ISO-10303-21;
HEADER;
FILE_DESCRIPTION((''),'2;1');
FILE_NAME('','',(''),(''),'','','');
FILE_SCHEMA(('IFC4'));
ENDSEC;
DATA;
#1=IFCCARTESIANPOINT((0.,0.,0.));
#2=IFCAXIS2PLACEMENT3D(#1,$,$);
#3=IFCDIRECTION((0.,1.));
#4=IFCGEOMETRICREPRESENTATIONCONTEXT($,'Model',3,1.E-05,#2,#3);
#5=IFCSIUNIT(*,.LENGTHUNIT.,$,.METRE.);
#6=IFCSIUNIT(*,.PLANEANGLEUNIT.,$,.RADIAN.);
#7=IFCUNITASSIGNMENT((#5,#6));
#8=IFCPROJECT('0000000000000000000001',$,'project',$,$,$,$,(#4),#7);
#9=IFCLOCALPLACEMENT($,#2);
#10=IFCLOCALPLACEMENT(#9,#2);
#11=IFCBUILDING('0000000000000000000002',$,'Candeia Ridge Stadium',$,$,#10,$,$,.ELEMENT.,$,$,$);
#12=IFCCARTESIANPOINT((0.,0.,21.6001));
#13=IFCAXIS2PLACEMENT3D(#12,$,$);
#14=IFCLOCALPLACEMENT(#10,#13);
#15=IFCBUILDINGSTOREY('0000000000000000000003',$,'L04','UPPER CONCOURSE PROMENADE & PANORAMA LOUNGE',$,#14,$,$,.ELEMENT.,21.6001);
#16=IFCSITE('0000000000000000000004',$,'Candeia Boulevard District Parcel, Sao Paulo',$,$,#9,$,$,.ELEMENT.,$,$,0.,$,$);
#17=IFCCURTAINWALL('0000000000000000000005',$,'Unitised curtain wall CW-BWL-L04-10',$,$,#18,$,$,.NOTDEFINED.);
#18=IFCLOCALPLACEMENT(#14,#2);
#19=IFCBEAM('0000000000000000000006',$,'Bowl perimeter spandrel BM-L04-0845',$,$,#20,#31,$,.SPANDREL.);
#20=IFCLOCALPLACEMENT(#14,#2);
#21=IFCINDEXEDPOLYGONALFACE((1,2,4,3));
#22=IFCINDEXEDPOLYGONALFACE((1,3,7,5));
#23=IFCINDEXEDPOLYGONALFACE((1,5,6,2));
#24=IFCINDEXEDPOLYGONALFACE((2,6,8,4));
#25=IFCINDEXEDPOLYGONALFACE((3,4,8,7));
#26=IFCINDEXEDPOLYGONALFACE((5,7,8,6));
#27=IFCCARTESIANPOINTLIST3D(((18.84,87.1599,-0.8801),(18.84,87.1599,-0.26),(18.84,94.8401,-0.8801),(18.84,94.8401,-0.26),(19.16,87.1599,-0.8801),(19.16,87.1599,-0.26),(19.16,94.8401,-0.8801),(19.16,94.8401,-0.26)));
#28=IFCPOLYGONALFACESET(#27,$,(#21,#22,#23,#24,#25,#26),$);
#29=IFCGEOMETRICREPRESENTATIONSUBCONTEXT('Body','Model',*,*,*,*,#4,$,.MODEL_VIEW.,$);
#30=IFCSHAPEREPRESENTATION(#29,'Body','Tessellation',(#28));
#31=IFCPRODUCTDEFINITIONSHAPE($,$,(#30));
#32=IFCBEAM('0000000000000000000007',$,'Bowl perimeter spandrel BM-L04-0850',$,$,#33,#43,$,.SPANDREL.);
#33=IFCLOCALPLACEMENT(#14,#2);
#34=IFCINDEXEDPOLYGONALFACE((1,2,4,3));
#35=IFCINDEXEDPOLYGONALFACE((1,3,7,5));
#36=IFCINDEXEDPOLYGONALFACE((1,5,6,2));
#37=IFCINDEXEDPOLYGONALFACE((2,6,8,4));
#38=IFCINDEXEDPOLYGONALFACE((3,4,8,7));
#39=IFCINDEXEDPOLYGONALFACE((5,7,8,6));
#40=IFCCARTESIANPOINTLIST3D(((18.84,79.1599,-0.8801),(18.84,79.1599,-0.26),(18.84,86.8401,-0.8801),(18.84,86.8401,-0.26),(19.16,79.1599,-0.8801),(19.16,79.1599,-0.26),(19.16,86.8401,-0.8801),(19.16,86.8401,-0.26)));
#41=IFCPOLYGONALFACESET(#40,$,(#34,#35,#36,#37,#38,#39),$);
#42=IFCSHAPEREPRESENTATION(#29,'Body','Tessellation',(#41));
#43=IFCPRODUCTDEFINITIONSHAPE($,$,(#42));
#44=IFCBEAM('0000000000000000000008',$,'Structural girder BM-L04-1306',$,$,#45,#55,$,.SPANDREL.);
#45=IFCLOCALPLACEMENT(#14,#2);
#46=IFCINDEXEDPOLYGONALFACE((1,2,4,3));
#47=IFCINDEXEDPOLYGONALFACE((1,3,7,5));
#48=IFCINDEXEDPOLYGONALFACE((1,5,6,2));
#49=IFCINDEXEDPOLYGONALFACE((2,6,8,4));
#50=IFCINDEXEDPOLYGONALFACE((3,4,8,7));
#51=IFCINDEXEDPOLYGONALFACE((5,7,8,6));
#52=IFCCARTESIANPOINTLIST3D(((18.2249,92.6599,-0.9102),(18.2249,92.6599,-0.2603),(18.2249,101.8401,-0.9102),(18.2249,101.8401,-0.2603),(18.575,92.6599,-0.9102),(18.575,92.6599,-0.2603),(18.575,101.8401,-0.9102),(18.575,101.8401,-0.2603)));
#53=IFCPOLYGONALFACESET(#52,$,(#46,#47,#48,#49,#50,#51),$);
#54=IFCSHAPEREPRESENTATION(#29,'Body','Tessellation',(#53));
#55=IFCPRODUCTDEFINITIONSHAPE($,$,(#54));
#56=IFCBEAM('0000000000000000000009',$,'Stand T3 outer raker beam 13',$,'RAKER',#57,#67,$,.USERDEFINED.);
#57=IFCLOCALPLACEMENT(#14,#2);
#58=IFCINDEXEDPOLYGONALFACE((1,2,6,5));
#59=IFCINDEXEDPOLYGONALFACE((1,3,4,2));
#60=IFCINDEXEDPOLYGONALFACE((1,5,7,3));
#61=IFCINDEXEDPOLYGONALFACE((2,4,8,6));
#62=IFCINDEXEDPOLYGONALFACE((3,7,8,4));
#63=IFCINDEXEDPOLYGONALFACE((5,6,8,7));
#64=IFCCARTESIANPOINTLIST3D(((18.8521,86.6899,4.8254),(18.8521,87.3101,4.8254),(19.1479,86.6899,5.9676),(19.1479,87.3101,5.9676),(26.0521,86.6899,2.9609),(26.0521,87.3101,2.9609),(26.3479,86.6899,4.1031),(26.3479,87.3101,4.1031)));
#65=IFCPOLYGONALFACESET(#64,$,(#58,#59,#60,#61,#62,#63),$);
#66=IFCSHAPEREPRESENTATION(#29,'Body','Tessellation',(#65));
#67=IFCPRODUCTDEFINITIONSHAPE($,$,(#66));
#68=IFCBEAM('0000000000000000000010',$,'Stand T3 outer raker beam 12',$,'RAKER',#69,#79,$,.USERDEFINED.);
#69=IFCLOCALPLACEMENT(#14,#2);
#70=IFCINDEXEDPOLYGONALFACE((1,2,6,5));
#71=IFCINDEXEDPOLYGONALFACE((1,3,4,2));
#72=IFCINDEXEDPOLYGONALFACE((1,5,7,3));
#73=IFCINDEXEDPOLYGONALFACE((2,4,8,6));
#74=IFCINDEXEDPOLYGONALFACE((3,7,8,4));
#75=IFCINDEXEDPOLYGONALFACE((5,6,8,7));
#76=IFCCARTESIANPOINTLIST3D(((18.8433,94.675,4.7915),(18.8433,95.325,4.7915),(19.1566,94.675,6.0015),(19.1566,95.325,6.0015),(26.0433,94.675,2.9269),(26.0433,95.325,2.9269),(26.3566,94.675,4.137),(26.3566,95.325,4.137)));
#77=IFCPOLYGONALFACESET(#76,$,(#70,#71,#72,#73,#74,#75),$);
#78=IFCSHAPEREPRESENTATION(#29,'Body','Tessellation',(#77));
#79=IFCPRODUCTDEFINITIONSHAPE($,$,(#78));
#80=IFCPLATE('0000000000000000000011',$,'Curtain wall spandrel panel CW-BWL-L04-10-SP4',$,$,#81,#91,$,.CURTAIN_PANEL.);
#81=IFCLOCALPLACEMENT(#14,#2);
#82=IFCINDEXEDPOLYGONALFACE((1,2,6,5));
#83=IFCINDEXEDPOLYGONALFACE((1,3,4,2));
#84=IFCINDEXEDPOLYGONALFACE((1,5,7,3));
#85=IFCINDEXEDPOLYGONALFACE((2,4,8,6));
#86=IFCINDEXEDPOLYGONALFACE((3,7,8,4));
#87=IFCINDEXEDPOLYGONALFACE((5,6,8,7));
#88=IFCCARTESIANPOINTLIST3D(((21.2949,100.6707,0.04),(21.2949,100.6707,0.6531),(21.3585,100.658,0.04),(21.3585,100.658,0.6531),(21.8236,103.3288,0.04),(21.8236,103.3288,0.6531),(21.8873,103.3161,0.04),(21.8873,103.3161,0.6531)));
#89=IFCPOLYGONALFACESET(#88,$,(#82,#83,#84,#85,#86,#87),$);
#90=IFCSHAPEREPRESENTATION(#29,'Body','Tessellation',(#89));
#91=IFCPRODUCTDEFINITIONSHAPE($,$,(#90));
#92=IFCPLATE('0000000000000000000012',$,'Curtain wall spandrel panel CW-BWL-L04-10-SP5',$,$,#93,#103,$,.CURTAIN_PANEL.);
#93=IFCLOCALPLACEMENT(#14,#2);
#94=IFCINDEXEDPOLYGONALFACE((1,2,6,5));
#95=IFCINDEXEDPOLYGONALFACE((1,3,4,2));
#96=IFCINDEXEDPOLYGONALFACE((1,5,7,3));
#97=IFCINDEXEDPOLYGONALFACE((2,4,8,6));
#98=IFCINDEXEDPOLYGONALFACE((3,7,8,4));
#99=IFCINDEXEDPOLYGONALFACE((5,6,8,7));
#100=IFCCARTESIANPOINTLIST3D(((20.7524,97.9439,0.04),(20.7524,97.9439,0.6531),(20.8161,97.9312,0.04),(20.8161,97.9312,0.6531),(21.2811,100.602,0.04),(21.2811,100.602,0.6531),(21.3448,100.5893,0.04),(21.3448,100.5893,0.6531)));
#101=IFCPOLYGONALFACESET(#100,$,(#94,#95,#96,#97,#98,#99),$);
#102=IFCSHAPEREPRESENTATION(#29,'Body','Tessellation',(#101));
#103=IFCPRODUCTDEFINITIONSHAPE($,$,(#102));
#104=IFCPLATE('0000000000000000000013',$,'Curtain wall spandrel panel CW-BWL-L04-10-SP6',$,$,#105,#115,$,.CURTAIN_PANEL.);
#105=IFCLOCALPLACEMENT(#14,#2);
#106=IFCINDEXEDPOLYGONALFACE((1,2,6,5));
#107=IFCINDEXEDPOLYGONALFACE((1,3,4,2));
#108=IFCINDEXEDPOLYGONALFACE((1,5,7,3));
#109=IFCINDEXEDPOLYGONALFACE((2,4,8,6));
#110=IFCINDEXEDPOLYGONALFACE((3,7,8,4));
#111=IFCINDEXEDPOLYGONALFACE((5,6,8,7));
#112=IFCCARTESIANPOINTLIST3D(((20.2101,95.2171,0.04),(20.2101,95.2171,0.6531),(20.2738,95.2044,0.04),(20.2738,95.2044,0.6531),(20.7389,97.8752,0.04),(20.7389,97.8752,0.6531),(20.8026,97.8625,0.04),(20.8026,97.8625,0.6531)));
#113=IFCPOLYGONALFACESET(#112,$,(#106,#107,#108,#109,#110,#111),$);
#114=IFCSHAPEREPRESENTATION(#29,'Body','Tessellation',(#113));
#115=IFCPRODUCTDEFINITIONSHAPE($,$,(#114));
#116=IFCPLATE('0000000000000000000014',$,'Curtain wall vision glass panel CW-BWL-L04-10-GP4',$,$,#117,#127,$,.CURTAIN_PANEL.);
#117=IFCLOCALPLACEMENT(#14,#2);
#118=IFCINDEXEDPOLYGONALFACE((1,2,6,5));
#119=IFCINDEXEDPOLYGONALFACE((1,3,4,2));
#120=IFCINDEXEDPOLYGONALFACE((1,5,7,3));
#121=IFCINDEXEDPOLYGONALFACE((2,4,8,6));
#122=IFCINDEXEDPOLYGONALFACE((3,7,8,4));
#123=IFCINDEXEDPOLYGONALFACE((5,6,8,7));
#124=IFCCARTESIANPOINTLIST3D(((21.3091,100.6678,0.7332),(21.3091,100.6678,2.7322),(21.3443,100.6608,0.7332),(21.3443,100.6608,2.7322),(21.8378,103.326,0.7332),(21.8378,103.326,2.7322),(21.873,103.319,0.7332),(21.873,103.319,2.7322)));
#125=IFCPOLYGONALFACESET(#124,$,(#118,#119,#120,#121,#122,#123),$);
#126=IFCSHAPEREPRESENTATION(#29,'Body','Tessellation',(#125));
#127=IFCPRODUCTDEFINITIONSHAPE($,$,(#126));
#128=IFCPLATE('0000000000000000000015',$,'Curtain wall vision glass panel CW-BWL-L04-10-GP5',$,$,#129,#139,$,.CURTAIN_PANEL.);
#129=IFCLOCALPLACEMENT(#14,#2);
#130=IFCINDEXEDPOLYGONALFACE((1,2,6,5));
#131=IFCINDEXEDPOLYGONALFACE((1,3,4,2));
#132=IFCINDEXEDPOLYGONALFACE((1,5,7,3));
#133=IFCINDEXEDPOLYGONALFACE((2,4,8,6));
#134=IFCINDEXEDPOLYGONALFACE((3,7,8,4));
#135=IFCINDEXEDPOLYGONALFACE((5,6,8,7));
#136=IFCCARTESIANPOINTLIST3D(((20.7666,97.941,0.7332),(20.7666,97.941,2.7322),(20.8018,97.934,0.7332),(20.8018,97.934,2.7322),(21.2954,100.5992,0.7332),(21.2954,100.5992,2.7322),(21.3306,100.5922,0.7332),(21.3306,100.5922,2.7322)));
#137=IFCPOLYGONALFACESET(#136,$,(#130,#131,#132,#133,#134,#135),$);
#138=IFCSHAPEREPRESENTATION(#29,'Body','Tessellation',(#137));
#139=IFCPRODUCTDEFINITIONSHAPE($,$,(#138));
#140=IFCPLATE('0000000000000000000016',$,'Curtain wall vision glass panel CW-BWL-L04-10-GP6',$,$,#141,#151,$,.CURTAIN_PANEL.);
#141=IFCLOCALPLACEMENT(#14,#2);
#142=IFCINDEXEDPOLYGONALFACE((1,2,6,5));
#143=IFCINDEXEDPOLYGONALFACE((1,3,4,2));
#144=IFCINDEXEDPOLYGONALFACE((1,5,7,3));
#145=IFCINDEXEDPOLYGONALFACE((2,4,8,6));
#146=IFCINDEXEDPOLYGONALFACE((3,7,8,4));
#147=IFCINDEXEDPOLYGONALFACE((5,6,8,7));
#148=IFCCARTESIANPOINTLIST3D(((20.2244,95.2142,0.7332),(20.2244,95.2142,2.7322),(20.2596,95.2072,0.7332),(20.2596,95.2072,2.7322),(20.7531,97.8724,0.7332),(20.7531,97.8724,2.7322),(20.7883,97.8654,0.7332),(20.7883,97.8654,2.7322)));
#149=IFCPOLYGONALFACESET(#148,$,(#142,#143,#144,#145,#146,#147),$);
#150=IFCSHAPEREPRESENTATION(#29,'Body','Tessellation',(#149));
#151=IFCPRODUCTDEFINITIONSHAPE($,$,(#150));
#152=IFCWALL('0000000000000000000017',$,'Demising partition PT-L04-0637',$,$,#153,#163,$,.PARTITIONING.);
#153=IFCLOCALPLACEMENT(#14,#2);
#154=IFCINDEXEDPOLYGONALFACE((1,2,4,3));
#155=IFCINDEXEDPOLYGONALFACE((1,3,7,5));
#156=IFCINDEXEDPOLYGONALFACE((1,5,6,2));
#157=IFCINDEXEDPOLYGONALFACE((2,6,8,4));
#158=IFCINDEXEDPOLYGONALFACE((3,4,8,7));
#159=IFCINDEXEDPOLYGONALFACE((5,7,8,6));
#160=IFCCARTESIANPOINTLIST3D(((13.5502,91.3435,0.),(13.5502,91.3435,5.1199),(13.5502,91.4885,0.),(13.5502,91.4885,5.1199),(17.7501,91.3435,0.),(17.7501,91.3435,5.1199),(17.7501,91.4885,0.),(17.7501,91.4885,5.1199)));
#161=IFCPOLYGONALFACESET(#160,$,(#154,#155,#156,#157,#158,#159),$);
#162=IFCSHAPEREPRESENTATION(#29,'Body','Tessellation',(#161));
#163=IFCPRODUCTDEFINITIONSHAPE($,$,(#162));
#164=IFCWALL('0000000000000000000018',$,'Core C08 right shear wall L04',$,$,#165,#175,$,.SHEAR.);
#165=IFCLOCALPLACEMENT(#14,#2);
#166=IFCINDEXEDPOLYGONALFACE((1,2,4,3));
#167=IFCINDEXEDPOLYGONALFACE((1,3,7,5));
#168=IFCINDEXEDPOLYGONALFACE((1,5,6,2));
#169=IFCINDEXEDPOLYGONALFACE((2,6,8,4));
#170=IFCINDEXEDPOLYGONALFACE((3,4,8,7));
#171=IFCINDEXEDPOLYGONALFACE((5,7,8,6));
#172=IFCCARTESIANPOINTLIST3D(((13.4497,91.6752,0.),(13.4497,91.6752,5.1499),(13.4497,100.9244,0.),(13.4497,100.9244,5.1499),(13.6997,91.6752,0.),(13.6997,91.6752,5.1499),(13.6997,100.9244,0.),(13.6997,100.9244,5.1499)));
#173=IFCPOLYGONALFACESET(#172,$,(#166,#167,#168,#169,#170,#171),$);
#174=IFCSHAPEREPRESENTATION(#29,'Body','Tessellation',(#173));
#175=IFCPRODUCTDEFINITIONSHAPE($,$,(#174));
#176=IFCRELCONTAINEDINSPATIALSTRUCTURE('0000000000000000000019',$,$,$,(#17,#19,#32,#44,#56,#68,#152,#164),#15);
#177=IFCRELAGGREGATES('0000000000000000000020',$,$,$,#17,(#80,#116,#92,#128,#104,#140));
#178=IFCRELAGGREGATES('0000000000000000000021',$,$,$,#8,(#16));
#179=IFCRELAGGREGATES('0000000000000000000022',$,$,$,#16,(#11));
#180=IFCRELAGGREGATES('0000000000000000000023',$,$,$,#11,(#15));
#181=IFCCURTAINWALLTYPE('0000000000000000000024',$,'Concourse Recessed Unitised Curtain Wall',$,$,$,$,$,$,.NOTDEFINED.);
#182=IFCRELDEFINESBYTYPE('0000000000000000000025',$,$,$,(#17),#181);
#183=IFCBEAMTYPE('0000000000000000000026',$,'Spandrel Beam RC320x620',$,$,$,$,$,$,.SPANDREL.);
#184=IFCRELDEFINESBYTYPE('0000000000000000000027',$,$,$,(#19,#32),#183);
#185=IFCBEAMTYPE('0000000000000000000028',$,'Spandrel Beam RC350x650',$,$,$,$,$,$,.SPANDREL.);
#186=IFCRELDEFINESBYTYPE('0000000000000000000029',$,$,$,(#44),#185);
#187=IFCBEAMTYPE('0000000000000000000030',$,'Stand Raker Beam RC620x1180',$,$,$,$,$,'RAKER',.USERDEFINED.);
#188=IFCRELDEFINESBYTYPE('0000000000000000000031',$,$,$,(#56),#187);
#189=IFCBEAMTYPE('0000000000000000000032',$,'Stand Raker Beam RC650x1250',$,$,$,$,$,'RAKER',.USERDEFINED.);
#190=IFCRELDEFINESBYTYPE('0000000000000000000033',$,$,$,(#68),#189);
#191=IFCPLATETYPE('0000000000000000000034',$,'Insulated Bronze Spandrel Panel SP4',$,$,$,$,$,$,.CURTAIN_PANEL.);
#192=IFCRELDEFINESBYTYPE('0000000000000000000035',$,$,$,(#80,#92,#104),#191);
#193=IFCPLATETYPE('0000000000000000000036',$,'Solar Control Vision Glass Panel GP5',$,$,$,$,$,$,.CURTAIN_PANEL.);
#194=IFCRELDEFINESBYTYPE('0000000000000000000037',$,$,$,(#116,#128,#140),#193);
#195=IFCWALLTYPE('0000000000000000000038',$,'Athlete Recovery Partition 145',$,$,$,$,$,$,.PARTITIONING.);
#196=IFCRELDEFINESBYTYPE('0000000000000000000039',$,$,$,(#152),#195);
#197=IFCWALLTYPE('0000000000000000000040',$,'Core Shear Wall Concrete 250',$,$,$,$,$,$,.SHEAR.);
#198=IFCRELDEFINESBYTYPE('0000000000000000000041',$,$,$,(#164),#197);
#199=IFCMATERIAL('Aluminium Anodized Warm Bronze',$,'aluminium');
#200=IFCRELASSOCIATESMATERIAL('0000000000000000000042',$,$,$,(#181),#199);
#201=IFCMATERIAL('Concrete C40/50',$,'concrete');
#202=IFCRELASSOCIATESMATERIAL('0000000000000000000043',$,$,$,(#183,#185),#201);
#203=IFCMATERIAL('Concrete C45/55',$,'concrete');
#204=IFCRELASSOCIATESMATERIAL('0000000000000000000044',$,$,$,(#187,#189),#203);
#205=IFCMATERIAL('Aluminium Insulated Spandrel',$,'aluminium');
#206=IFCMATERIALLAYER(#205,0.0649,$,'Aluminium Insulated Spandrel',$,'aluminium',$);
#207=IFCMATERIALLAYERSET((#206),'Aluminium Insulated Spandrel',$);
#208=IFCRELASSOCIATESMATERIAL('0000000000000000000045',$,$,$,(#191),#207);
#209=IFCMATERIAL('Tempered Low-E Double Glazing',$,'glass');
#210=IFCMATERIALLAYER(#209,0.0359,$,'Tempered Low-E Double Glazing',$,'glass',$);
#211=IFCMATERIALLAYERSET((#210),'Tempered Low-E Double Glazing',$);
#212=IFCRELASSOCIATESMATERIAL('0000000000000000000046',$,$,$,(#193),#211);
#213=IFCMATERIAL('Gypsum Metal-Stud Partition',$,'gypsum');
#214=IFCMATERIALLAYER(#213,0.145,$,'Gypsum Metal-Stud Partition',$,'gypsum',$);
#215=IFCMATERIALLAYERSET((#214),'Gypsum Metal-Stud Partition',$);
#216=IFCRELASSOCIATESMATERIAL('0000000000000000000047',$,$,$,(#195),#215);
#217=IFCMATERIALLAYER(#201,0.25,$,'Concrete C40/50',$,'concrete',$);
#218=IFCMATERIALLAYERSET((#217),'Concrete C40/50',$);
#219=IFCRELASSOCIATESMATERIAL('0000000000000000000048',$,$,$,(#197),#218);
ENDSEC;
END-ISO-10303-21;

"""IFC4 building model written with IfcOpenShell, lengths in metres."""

from ifc_helpers import new_model, si_unit, direction, frame, frame_2d, origin, origin_2d, place, context, subcontext, project, spatial, rectangle, extrude, material, layer, layer_set, material_profile, profile_set, type_object, element, aggregate, save


model = new_model("IFC4")

# Units and contexts
model_context = context("Model", 3, precision=1e-05, world=origin(), true_north=direction((0.0, 1.0)))
body_context = subcontext(model_context, "Body", "Model", "MODEL_VIEW")
ifc_project = project(units=[si_unit("LENGTHUNIT", "METRE"), si_unit("PLANEANGLEUNIT", "RADIAN")], contexts=[model_context])

# Site, building, storey
site_placement = place(None, origin())
site = spatial("IfcSite", under=ifc_project, at=site_placement, Name="Candeia Boulevard District Parcel, Sao Paulo", CompositionType="ELEMENT", RefElevation=0.0)
building_placement = place(site_placement, origin())
building = spatial("IfcBuilding", under=site, at=building_placement, Name="Candeia Ridge Stadium", CompositionType="ELEMENT")
storey_placement = place(building_placement, frame((0.0, 0.0, 21.6001)))
storey = spatial("IfcBuildingStorey", under=building, at=storey_placement, Name="L04", Description="UPPER CONCOURSE PROMENADE & PANORAMA LOUNGE", CompositionType="ELEMENT", Elevation=21.6001)

# Shared definitions
ifc_material_1 = material(Name="Concrete C45/55", Category="concrete")
ifc_material_2 = material(Name="Concrete C40/50", Category="concrete")

# Curtain wall
ifc_material_3 = material(Name="Aluminium Anodized Warm Bronze", Category="aluminium")
curtain_wall_type = type_object("IfcCurtainWallType", Name="Concourse Recessed Unitised Curtain Wall", PredefinedType="NOTDEFINED", material=ifc_material_3)
curtain_wall_placement = place(storey_placement, origin())
curtain_wall = element("IfcCurtainWall", 1, at=curtain_wall_placement, inside=storey, type_object=curtain_wall_type, Name="Unitised curtain wall CW-BWL-L04-10", PredefinedType="NOTDEFINED")

# Beams
ifc_material_profile_1 = material_profile(ifc_material_2, rectangle(XDim=0.3201, YDim=0.6201, at=origin_2d()), Name="RC320x620", Category="concrete")
ifc_profile_set_1 = profile_set([ifc_material_profile_1], Name="Concrete C40/50")
beam_type_1 = type_object("IfcBeamType", Name="Spandrel Beam RC320x620", PredefinedType="SPANDREL", material=ifc_profile_set_1)
for number, where, z_axis, x_axis, name in (
    (2, (19.0, 94.8401, -0.5701), (0.0, -1.0, 0.0), (1.0, 0.0, 0.0), "Bowl perimeter spandrel BM-L04-0845"),
    (3, (19.0, 86.8401, -0.5701), (0.0, -1.0, 0.0), (1.0, 0.0, 0.0), "Bowl perimeter spandrel BM-L04-0850"),
):
    element("IfcBeam", number, at=place(storey_placement, frame(where, z_axis=z_axis, x_axis=x_axis)), inside=storey, type_object=beam_type_1, Name=name, PredefinedType="SPANDREL", context=body_context, shape_type="SweptSolid", body=[
        extrude(rectangle(XDim=0.3201, YDim=0.6201, at=origin_2d()), origin(), (0.0, 0.0, 1.0), 7.6802),
    ])
ifc_material_profile_2 = material_profile(ifc_material_2, rectangle(XDim=0.3501, YDim=0.6499, at=origin_2d()), Name="RC350x650", Category="concrete")
ifc_profile_set_2 = profile_set([ifc_material_profile_2], Name="Concrete C40/50")
beam_type_2 = type_object("IfcBeamType", Name="Spandrel Beam RC350x650", PredefinedType="SPANDREL", material=ifc_profile_set_2)
beam_1_placement = place(storey_placement, frame((18.3999, 92.6599, -0.5852), z_axis=(0.0, 1.0, 0.0), x_axis=(-1.0, 0.0, 0.0)))
element("IfcBeam", 4, at=beam_1_placement, inside=storey, type_object=beam_type_2, Name="Structural girder BM-L04-1306", PredefinedType="SPANDREL", context=body_context, shape_type="SweptSolid", body=[
    extrude(rectangle(XDim=0.3501, YDim=0.6499, at=origin_2d()), origin(), (0.0, 0.0, 1.0), 9.1802),
])
ifc_material_profile_3 = material_profile(ifc_material_1, rectangle(XDim=0.6201, YDim=1.1799, at=origin_2d()), Name="RC620x1180", Category="concrete")
ifc_profile_set_3 = profile_set([ifc_material_profile_3], Name="Concrete C45/55")
beam_type_3 = type_object("IfcBeamType", Name="Stand Raker Beam RC620x1180", ElementType="RAKER", PredefinedType="USERDEFINED", material=ifc_profile_set_3)
beam_2_placement = place(storey_placement, frame((26.2, 87.0, 3.532), z_axis=(-0.968067, 0.0, 0.250691), x_axis=(0.0, -1.0, 0.0)))
element("IfcBeam", 5, at=beam_2_placement, inside=storey, type_object=beam_type_3, Name="Stand T3 outer raker beam 13", ObjectType="RAKER", PredefinedType="USERDEFINED", context=body_context, shape_type="SweptSolid", body=[
    extrude(rectangle(XDim=0.6201, YDim=1.1799, at=origin_2d()), origin(), (0.0, 0.0, 1.0), 7.4375),
])
ifc_material_profile_4 = material_profile(ifc_material_1, rectangle(XDim=0.6499, YDim=1.25, at=origin_2d()), Name="RC650x1250", Category="concrete")
ifc_profile_set_4 = profile_set([ifc_material_profile_4], Name="Concrete C45/55")
beam_type_4 = type_object("IfcBeamType", Name="Stand Raker Beam RC650x1250", ElementType="RAKER", PredefinedType="USERDEFINED", material=ifc_profile_set_4)
beam_3_placement = place(storey_placement, frame((26.2, 95.0, 3.532), z_axis=(-0.968067, 0.0, 0.250691), x_axis=(0.0, -1.0, 0.0)))
element("IfcBeam", 6, at=beam_3_placement, inside=storey, type_object=beam_type_4, Name="Stand T3 outer raker beam 12", ObjectType="RAKER", PredefinedType="USERDEFINED", context=body_context, shape_type="SweptSolid", body=[
    extrude(rectangle(XDim=0.6499, YDim=1.25, at=origin_2d()), origin(), (0.0, 0.0, 1.0), 7.4375),
])

# Plates
ifc_material_4 = material(Name="Aluminium Insulated Spandrel", Category="aluminium")
ifc_layer_1 = layer(ifc_material_4, 0.0649, Name="Aluminium Insulated Spandrel", Category="aluminium")
ifc_layer_set_1 = layer_set([ifc_layer_1], Name="Aluminium Insulated Spandrel")
plate_type_1 = type_object("IfcPlateType", Name="Insulated Bronze Spandrel Panel SP4", PredefinedType="CURTAIN_PANEL", material=ifc_layer_set_1)
plate_1_placement = place(storey_placement, frame((21.5911, 101.9934, 0.04), z_axis=(0.0, 0.0, 1.0), x_axis=(-0.19509, -0.980785, 0.0)))
plate_1 = element("IfcPlate", 7, at=plate_1_placement, type_object=plate_type_1, Name="Curtain wall spandrel panel CW-BWL-L04-10-SP4", PredefinedType="CURTAIN_PANEL", context=body_context, shape_type="SweptSolid", body=[
    extrude(rectangle(XDim=2.7102, YDim=0.0649, at=origin_2d()), origin(), (0.0, 0.0, 1.0), 0.613),
])
plate_2_placement = place(storey_placement, frame((21.0486, 99.2666, 0.04), z_axis=(0.0, 0.0, 1.0), x_axis=(-0.19509, -0.980785, 0.0)))
plate_2 = element("IfcPlate", 8, at=plate_2_placement, type_object=plate_type_1, Name="Curtain wall spandrel panel CW-BWL-L04-10-SP5", PredefinedType="CURTAIN_PANEL", context=body_context, shape_type="SweptSolid", body=[
    extrude(rectangle(XDim=2.7102, YDim=0.0649, at=origin_2d()), origin(), (0.0, 0.0, 1.0), 0.613),
])
plate_3_placement = place(storey_placement, frame((20.5063, 96.5398, 0.04), z_axis=(0.0, 0.0, 1.0), x_axis=(-0.19509, -0.980785, 0.0)))
plate_3 = element("IfcPlate", 9, at=plate_3_placement, type_object=plate_type_1, Name="Curtain wall spandrel panel CW-BWL-L04-10-SP6", PredefinedType="CURTAIN_PANEL", context=body_context, shape_type="SweptSolid", body=[
    extrude(rectangle(XDim=2.7102, YDim=0.0649, at=origin_2d()), origin(), (0.0, 0.0, 1.0), 0.613),
])
ifc_material_5 = material(Name="Tempered Low-E Double Glazing", Category="glass")
ifc_layer_2 = layer(ifc_material_5, 0.0359, Name="Tempered Low-E Double Glazing", Category="glass")
ifc_layer_set_2 = layer_set([ifc_layer_2], Name="Tempered Low-E Double Glazing")
plate_type_2 = type_object("IfcPlateType", Name="Solar Control Vision Glass Panel GP5", PredefinedType="CURTAIN_PANEL", material=ifc_layer_set_2)
plate_4_placement = place(storey_placement, frame((21.5911, 101.9934, 0.7332), z_axis=(0.0, 0.0, 1.0), x_axis=(-0.19509, -0.980785, 0.0)))
plate_4 = element("IfcPlate", 10, at=plate_4_placement, type_object=plate_type_2, Name="Curtain wall vision glass panel CW-BWL-L04-10-GP4", PredefinedType="CURTAIN_PANEL", context=body_context, shape_type="SweptSolid", body=[
    extrude(rectangle(XDim=2.7102, YDim=0.0359, at=origin_2d()), origin(), (0.0, 0.0, 1.0), 1.999),
])
plate_5_placement = place(storey_placement, frame((21.0486, 99.2666, 0.7332), z_axis=(0.0, 0.0, 1.0), x_axis=(-0.19509, -0.980785, 0.0)))
plate_5 = element("IfcPlate", 11, at=plate_5_placement, type_object=plate_type_2, Name="Curtain wall vision glass panel CW-BWL-L04-10-GP5", PredefinedType="CURTAIN_PANEL", context=body_context, shape_type="SweptSolid", body=[
    extrude(rectangle(XDim=2.7102, YDim=0.0359, at=origin_2d()), origin(), (0.0, 0.0, 1.0), 1.999),
])
plate_6_placement = place(storey_placement, frame((20.5063, 96.5398, 0.7332), z_axis=(0.0, 0.0, 1.0), x_axis=(-0.19509, -0.980785, 0.0)))
plate_6 = element("IfcPlate", 12, at=plate_6_placement, type_object=plate_type_2, Name="Curtain wall vision glass panel CW-BWL-L04-10-GP6", PredefinedType="CURTAIN_PANEL", context=body_context, shape_type="SweptSolid", body=[
    extrude(rectangle(XDim=2.7102, YDim=0.0359, at=origin_2d()), origin(), (0.0, 0.0, 1.0), 1.999),
])
aggregate(curtain_wall, [plate_1, plate_4, plate_2, plate_5, plate_3, plate_6])

# Walls
ifc_material_6 = material(Name="Gypsum Metal-Stud Partition", Category="gypsum")
ifc_layer_3 = layer(ifc_material_6, 0.145, Name="Gypsum Metal-Stud Partition", Category="gypsum")
ifc_layer_set_3 = layer_set([ifc_layer_3], Name="Gypsum Metal-Stud Partition")
wall_type_1 = type_object("IfcWallType", Name="Athlete Recovery Partition 145", PredefinedType="PARTITIONING", material=ifc_layer_set_3)
wall_1_placement = place(storey_placement, frame((13.55, 91.416, 0.0), z_axis=(0.0, 0.0, 1.0), x_axis=(1.0, 0.0, 0.0)))
element("IfcWall", 13, at=wall_1_placement, inside=storey, type_object=wall_type_1, Name="Demising partition PT-L04-0637", PredefinedType="PARTITIONING", context=body_context, shape_type="SweptSolid", body=[
    extrude(rectangle(XDim=4.2, YDim=0.145, at=frame_2d((2.1001, 0.0))), origin(), (0.0, 0.0, 1.0), 5.1199),
])
ifc_layer_4 = layer(ifc_material_2, 0.25, Name="Concrete C40/50", Category="concrete")
ifc_layer_set_4 = layer_set([ifc_layer_4], Name="Concrete C40/50")
wall_type_2 = type_object("IfcWallType", Name="Core Shear Wall Concrete 250", PredefinedType="SHEAR", material=ifc_layer_set_4)
wall_2_placement = place(storey_placement, frame((13.5747, 91.6753, 0.0), z_axis=(0.0, 0.0, 1.0), x_axis=(0.0, 1.0, 0.0)))
element("IfcWall", 14, at=wall_2_placement, inside=storey, type_object=wall_type_2, Name="Core C08 right shear wall L04", PredefinedType="SHEAR", context=body_context, shape_type="SweptSolid", body=[
    extrude(rectangle(XDim=9.2493, YDim=0.25, at=frame_2d((4.6245, 0.0))), origin(), (0.0, 0.0, 1.0), 5.1499),
])

save(model, "model.ifc")
